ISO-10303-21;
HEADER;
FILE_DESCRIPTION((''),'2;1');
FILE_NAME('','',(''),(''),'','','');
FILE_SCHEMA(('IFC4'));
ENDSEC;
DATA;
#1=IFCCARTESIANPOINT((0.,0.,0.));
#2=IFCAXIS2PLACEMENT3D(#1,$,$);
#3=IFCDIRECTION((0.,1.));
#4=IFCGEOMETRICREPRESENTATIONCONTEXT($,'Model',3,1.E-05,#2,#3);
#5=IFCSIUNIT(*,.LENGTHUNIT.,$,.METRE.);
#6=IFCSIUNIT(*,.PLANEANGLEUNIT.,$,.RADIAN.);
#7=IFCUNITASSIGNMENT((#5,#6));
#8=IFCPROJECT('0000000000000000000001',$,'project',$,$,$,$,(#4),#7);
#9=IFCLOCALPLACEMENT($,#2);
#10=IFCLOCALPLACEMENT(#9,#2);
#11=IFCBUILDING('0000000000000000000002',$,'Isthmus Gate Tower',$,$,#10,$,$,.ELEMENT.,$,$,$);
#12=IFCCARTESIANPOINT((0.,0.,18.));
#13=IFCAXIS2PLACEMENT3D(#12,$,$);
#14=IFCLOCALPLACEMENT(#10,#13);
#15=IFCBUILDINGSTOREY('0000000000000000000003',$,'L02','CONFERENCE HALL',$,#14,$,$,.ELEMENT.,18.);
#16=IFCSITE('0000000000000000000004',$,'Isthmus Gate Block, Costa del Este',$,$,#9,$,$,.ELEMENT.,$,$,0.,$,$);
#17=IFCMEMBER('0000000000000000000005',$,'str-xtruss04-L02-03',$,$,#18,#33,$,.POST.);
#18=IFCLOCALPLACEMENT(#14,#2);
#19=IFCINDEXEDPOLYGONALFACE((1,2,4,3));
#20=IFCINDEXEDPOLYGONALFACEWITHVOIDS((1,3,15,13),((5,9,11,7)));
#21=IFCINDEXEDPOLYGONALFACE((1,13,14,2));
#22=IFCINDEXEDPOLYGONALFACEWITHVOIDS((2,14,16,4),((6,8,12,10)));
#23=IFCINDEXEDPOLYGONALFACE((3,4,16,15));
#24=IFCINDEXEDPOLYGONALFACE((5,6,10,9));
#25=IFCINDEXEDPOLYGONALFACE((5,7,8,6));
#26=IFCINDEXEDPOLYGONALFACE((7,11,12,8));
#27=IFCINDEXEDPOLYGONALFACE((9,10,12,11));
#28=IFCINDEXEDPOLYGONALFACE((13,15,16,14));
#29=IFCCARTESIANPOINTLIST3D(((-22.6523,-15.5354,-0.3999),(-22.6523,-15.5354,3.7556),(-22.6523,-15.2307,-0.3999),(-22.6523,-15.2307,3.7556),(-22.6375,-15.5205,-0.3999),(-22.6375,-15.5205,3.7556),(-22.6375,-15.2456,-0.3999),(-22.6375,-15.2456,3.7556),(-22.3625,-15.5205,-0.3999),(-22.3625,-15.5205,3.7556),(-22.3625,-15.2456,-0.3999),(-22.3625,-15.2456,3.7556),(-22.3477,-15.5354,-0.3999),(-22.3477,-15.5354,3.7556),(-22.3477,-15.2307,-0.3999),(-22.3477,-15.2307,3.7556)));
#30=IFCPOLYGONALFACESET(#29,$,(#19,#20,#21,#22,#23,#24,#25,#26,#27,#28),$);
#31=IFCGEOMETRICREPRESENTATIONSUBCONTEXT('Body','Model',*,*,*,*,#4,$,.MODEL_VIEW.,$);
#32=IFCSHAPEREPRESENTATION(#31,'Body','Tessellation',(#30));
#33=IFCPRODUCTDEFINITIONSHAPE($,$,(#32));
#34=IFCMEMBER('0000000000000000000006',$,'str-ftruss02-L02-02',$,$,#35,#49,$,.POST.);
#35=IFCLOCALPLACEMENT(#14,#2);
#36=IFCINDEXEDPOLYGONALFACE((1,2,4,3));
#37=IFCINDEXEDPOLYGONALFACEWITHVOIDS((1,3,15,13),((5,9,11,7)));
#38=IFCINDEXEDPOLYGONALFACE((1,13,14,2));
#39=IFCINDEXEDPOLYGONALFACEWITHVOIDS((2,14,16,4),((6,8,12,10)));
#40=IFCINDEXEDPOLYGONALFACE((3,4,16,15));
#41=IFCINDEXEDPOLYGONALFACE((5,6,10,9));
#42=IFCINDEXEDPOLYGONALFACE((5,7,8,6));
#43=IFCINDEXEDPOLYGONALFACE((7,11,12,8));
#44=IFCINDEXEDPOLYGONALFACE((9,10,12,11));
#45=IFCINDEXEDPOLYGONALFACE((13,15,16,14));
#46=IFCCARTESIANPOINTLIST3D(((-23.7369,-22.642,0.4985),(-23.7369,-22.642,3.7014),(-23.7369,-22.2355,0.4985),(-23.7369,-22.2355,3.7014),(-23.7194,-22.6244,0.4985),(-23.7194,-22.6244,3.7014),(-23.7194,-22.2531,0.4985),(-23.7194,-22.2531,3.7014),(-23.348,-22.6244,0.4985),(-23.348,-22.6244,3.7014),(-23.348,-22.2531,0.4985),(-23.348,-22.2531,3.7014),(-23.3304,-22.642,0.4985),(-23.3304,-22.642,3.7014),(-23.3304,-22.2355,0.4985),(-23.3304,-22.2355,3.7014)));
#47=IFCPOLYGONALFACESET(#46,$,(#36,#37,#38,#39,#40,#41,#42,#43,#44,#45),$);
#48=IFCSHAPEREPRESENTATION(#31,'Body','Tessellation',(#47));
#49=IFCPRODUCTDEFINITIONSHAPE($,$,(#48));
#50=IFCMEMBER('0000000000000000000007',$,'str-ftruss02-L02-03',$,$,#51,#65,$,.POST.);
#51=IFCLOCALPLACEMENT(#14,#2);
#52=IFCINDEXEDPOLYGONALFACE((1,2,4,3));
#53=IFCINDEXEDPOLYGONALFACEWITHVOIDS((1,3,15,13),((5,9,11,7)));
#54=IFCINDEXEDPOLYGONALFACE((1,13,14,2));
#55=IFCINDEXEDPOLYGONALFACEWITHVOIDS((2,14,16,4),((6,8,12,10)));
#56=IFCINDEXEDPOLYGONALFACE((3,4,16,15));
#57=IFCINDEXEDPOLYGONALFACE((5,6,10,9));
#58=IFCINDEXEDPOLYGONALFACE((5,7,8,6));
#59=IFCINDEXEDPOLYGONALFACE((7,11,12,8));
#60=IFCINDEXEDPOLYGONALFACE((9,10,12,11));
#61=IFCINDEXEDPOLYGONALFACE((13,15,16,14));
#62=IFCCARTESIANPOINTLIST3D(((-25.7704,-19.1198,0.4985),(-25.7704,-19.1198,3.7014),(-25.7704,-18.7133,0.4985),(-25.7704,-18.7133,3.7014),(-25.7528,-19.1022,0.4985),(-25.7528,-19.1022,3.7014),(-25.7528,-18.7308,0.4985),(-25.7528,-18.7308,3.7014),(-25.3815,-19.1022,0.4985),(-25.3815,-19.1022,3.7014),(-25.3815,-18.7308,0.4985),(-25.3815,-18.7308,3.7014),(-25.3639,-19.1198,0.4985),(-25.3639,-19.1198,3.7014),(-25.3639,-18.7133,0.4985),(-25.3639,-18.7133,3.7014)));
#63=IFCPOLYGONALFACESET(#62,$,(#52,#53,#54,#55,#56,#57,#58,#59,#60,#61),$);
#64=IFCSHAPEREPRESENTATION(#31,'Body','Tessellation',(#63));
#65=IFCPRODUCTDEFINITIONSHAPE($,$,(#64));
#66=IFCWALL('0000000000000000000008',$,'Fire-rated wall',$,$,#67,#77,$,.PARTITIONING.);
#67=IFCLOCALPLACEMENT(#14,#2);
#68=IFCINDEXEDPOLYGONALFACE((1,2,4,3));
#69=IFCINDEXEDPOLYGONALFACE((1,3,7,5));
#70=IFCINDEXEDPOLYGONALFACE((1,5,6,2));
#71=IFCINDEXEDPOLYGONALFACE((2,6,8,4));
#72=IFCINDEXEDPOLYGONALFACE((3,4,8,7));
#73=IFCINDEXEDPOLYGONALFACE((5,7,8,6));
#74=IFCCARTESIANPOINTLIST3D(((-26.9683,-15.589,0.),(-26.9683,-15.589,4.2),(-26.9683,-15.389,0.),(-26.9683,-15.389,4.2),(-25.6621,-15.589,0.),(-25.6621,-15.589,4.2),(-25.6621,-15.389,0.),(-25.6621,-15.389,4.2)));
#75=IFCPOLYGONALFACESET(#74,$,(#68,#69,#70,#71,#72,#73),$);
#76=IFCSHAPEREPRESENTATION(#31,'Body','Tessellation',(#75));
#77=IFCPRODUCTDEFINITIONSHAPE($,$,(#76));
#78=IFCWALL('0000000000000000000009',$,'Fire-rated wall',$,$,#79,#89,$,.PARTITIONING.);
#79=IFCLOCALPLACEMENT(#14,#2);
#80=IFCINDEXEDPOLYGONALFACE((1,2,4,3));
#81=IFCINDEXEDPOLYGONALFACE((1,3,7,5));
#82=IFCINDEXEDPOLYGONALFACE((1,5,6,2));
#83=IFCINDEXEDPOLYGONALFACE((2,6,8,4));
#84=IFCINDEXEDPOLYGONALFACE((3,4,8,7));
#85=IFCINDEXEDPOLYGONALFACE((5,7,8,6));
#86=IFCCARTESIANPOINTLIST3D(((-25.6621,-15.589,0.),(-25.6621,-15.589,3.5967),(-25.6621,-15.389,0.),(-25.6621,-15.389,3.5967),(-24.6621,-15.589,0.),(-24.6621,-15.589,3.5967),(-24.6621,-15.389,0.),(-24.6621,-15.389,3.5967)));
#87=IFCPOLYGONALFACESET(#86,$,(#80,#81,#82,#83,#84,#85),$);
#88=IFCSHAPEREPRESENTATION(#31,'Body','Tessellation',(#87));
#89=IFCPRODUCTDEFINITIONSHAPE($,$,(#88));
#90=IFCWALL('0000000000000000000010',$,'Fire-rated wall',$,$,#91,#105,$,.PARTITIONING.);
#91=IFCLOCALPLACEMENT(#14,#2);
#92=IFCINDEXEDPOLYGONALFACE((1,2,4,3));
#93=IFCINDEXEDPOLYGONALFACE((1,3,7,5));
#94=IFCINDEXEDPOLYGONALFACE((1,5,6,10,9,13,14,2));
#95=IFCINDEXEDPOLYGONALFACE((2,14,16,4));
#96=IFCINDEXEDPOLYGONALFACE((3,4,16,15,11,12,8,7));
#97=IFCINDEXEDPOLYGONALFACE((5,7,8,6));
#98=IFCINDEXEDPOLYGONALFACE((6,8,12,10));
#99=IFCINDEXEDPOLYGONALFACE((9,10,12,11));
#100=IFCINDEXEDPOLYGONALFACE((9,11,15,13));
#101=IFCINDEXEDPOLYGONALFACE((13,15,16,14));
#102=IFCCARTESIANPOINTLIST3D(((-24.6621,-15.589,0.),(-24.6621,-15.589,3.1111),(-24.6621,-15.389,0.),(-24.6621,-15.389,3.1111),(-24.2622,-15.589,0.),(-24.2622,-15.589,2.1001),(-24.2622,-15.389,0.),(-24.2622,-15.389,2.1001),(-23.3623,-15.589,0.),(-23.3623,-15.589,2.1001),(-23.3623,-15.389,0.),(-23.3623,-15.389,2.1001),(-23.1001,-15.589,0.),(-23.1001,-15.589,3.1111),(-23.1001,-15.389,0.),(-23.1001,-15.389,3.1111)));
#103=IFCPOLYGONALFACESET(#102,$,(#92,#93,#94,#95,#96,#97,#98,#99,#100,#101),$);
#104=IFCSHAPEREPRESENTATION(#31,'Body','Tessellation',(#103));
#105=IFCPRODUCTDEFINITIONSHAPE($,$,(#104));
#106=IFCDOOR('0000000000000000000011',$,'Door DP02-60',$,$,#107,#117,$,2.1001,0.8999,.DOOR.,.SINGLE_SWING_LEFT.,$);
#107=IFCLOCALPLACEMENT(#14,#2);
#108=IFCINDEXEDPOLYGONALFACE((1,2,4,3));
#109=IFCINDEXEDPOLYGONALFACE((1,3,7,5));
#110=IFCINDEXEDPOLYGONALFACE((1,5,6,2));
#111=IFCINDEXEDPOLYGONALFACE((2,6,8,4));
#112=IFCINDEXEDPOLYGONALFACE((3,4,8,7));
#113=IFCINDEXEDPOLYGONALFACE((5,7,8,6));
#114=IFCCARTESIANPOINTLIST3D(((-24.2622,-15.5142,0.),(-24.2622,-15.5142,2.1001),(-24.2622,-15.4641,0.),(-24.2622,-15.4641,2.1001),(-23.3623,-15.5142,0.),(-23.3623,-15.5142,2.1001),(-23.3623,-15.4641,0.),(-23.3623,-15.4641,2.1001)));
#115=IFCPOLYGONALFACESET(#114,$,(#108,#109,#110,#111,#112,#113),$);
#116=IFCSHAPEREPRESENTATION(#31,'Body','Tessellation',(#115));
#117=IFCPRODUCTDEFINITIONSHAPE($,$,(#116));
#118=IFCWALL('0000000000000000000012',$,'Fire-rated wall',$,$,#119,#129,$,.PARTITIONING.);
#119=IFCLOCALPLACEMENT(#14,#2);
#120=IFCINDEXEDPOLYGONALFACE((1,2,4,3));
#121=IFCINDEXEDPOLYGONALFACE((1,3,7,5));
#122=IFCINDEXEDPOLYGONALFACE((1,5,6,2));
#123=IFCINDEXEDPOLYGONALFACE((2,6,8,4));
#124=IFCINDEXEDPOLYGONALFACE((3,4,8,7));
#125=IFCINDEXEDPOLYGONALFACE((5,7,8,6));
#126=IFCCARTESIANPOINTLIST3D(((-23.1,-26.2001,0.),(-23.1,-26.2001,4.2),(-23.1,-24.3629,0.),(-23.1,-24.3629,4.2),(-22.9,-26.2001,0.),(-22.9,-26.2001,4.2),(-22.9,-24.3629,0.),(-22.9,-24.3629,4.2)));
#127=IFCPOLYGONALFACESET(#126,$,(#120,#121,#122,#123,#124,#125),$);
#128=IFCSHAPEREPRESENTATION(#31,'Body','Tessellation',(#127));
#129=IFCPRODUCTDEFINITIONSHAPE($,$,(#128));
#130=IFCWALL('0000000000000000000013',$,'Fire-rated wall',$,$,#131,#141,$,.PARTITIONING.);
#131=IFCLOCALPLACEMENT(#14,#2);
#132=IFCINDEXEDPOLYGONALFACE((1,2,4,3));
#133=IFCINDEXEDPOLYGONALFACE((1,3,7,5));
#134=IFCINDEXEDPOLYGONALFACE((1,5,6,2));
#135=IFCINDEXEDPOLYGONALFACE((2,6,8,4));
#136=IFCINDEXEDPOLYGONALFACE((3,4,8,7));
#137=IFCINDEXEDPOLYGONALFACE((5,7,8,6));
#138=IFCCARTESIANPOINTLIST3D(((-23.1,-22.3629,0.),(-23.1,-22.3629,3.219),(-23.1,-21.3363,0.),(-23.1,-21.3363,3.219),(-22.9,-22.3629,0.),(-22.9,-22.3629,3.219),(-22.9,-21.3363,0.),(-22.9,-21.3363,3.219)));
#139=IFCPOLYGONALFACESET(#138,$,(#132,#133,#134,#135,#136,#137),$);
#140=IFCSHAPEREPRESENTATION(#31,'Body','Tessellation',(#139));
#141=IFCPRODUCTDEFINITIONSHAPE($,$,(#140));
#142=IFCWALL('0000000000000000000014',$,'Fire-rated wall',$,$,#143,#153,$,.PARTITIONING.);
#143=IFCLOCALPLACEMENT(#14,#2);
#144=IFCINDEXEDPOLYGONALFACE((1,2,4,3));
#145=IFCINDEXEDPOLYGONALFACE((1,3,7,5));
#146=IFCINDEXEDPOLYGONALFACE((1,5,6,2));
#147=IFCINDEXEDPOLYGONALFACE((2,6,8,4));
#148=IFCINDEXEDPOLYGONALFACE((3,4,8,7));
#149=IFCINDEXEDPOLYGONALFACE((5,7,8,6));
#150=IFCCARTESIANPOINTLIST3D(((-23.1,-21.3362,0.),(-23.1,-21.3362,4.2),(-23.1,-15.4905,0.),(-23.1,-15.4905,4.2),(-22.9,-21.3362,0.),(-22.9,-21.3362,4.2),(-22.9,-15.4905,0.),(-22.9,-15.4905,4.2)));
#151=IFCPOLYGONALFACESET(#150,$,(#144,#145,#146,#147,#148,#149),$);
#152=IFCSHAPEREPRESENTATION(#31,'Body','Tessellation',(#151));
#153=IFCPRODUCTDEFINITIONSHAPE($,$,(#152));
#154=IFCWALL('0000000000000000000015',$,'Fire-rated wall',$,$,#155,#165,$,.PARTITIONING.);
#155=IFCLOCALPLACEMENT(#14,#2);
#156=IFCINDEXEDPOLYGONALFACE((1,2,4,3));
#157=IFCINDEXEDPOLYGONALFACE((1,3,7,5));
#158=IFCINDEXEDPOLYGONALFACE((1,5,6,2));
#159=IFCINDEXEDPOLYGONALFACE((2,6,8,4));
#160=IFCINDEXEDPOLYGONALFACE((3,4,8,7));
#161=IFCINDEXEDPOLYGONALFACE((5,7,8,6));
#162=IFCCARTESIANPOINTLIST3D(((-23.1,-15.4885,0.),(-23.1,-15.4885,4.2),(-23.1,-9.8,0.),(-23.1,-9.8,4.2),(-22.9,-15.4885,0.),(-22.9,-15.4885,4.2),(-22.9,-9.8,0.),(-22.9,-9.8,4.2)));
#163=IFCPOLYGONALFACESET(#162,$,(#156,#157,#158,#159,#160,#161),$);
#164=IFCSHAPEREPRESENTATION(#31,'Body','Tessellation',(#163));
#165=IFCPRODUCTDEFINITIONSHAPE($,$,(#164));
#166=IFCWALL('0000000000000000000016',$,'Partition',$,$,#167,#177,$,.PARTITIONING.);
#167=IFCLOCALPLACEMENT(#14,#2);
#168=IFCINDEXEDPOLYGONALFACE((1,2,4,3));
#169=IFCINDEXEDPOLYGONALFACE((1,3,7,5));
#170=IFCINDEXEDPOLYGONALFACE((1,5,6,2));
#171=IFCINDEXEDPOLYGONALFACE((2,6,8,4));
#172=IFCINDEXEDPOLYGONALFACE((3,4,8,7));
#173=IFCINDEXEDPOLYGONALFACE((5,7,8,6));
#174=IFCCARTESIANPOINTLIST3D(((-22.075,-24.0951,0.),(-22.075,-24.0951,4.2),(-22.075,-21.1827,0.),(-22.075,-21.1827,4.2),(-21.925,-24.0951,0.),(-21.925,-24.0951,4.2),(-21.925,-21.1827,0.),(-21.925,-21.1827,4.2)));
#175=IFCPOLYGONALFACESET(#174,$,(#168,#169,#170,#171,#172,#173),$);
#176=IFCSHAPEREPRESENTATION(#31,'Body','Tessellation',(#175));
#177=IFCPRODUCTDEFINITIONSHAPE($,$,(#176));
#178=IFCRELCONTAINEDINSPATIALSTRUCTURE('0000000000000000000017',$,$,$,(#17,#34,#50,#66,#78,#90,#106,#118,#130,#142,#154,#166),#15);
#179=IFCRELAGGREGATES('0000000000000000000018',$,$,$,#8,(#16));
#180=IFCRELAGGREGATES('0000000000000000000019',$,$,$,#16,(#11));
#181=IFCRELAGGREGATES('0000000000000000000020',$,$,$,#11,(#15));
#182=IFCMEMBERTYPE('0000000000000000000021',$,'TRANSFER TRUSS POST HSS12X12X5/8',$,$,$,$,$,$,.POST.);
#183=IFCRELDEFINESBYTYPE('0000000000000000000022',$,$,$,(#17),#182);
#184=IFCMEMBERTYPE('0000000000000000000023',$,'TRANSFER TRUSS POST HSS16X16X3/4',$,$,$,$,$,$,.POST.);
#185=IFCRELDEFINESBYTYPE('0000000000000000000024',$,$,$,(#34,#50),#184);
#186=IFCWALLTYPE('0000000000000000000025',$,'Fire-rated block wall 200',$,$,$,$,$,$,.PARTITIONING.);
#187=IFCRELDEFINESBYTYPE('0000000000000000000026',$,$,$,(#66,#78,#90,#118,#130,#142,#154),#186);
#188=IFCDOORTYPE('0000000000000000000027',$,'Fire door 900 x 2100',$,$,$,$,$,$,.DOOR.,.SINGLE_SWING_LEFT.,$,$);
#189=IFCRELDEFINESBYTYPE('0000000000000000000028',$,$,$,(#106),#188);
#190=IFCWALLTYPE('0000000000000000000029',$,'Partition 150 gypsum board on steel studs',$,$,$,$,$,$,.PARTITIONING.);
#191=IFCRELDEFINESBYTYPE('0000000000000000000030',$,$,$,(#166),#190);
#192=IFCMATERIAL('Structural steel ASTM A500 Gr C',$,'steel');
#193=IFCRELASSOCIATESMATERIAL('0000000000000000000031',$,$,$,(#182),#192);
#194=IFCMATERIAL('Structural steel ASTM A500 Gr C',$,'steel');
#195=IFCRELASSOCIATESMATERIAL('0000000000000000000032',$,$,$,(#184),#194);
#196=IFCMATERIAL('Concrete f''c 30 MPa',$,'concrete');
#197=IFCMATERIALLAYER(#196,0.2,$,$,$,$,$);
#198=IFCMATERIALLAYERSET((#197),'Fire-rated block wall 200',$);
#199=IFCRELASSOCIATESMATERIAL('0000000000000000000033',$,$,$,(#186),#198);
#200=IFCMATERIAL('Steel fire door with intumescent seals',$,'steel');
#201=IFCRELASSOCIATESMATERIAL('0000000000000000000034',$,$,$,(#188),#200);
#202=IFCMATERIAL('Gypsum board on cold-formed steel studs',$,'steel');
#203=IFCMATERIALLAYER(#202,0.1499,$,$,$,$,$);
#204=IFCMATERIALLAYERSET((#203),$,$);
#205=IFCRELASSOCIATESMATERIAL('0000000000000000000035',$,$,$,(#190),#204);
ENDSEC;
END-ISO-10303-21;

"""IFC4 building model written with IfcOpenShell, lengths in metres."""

from ifc_helpers import new_model, si_unit, direction, frame, frame_2d, origin, origin_2d, place, context, subcontext, project, spatial, rectangle, hollow_rectangle, extrude, material, layer, layer_set, material_profile, profile_set, type_object, element, fill, save


model = new_model("IFC4")

# Units and contexts
model_context = context("Model", 3, precision=1e-05, world=origin(), true_north=direction((0.0, 1.0)))
body_context = subcontext(model_context, "Body", "Model", "MODEL_VIEW")
ifc_project = project(units=[si_unit("LENGTHUNIT", "METRE"), si_unit("PLANEANGLEUNIT", "RADIAN")], contexts=[model_context])

# Site, building, storey
site_placement = place(None, origin())
site = spatial("IfcSite", under=ifc_project, at=site_placement, Name="Isthmus Gate Block, Costa del Este", CompositionType="ELEMENT", RefElevation=0.0)
building_placement = place(site_placement, origin())
building = spatial("IfcBuilding", under=site, at=building_placement, Name="Isthmus Gate Tower", CompositionType="ELEMENT")
storey_placement = place(building_placement, frame((0.0, 0.0, 18.0)))
storey = spatial("IfcBuildingStorey", under=building, at=storey_placement, Name="L02", Description="CONFERENCE HALL", CompositionType="ELEMENT", Elevation=18.0)

# Members
ifc_material_1 = material(Name="Structural steel ASTM A500 Gr C", Category="steel")
ifc_material_profile_1 = material_profile(ifc_material_1, hollow_rectangle(XDim=0.3047, YDim=0.3047, WallThickness=0.0149, at=origin_2d()), Name="HSS12X12X5/8")
ifc_profile_set_1 = profile_set([ifc_material_profile_1], Name="Structural steel ASTM A500 Gr C")
member_type_1 = type_object("IfcMemberType", Name="TRANSFER TRUSS POST HSS12X12X5/8", PredefinedType="POST", material=ifc_profile_set_1)
for number, where, z_axis, x_axis, name in (
    (1, (-22.5, -15.3831, -0.3999), (0.0, 0.0, 1.0), (1.0, 0.0, 0.0), "str-xtruss04-L02-03"),
):
    element("IfcMember", number, at=place(storey_placement, frame(where, z_axis=z_axis, x_axis=x_axis)), inside=storey, type_object=member_type_1, Name=name, PredefinedType="POST", context=body_context, shape_type="SweptSolid", body=[
        extrude(hollow_rectangle(XDim=0.3047, YDim=0.3047, WallThickness=0.0149, at=origin_2d()), origin(), (0.0, 0.0, 1.0), 4.1555),
    ])
ifc_material_2 = material(Name="Structural steel ASTM A500 Gr C", Category="steel")
ifc_material_profile_2 = material_profile(ifc_material_2, hollow_rectangle(XDim=0.4065, YDim=0.4065, WallThickness=0.0176, at=origin_2d()), Name="HSS16X16X3/4")
ifc_profile_set_2 = profile_set([ifc_material_profile_2], Name="Structural steel ASTM A500 Gr C")
member_type_2 = type_object("IfcMemberType", Name="TRANSFER TRUSS POST HSS16X16X3/4", PredefinedType="POST", material=ifc_profile_set_2)
for number, where, z_axis, x_axis, name in (
    (2, (-23.5337, -22.4387, 0.4985), (0.0, 0.0, 1.0), (1.0, 0.0, 0.0), "str-ftruss02-L02-02"),
    (3, (-25.5671, -18.9165, 0.4985), (0.0, 0.0, 1.0), (1.0, 0.0, 0.0), "str-ftruss02-L02-03"),
):
    element("IfcMember", number, at=place(storey_placement, frame(where, z_axis=z_axis, x_axis=x_axis)), inside=storey, type_object=member_type_2, Name=name, PredefinedType="POST", context=body_context, shape_type="SweptSolid", body=[
        extrude(hollow_rectangle(XDim=0.4065, YDim=0.4065, WallThickness=0.0176, at=origin_2d()), origin(), (0.0, 0.0, 1.0), 3.2029),
    ])

# Walls
ifc_material_3 = material(Name="Concrete f'c 30 MPa", Category="concrete")
ifc_layer_1 = layer(ifc_material_3, 0.2)
ifc_layer_set_1 = layer_set([ifc_layer_1], Name="Fire-rated block wall 200")
wall_type_1 = type_object("IfcWallType", Name="Fire-rated block wall 200", PredefinedType="PARTITIONING", material=ifc_layer_set_1)
wall_1_placement = place(storey_placement, frame((-26.9683, -15.489, 0.0), z_axis=(0.0, 0.0, 1.0), x_axis=(1.0, 0.0, 0.0)))
element("IfcWall", 4, at=wall_1_placement, inside=storey, type_object=wall_type_1, Name="Fire-rated wall", PredefinedType="PARTITIONING", context=body_context, shape_type="SweptSolid", body=[
    extrude(rectangle(XDim=1.3062, YDim=0.2, at=frame_2d((0.6531, 0.0))), origin(), (0.0, 0.0, 1.0), 4.2),
])
wall_2_placement = place(storey_placement, frame((-25.6621, -15.489, 0.0), z_axis=(0.0, 0.0, 1.0), x_axis=(1.0, 0.0, 0.0)))
element("IfcWall", 5, at=wall_2_placement, inside=storey, type_object=wall_type_1, Name="Fire-rated wall", PredefinedType="PARTITIONING", context=body_context, shape_type="SweptSolid", body=[
    extrude(rectangle(XDim=1.0, YDim=0.2, at=frame_2d((0.5, 0.0))), origin(), (0.0, 0.0, 1.0), 3.5967),
])

# Wall, opening, door
wall_3_placement = place(storey_placement, frame((-24.6621, -15.489, 0.0), z_axis=(0.0, 0.0, 1.0), x_axis=(1.0, 0.0, 0.0)))
wall_3 = element("IfcWall", 6, at=wall_3_placement, inside=storey, type_object=wall_type_1, Name="Fire-rated wall", PredefinedType="PARTITIONING", context=body_context, shape_type="SweptSolid", body=[
    extrude(rectangle(XDim=1.562, YDim=0.2, at=frame_2d((0.781, 0.0))), origin(), (0.0, 0.0, 1.0), 3.1111),
])
opening_placement = place(wall_3_placement, frame((0.3999, 0.0, 0.0)))
opening = element("IfcOpeningElement", 7, at=opening_placement, cuts=wall_3, PredefinedType="OPENING", context=body_context, shape_type="SweptSolid", body=[
    extrude(rectangle(XDim=0.8999, YDim=2.1001, at=frame_2d((0.45, 1.05))), frame((0.0, 0.1099, 0.0), z_axis=(0.0, -1.0, 0.0), x_axis=(1.0, 0.0, 0.0)), (0.0, 0.0, 1.0), 0.22),
])
ifc_material_4 = material(Name="Steel fire door with intumescent seals", Category="steel")
door_type = type_object("IfcDoorType", Name="Fire door 900 x 2100", OperationType="SINGLE_SWING_LEFT", PredefinedType="DOOR", material=ifc_material_4)
door_placement = place(opening_placement, origin())
door = element("IfcDoor", 8, at=door_placement, inside=storey, type_object=door_type, Name="Door DP02-60", OperationType="SINGLE_SWING_LEFT", OverallHeight=2.1001, OverallWidth=0.8999, PredefinedType="DOOR", context=body_context, shape_type="SweptSolid", body=[
    extrude(rectangle(XDim=0.8999, YDim=2.1001, at=frame_2d((0.45, 1.05))), frame((0.0, 0.0249, 0.0), z_axis=(0.0, -1.0, 0.0), x_axis=(1.0, 0.0, 0.0)), (0.0, 0.0, 1.0), 0.05),
])
fill(opening, door)

# Walls
wall_4_placement = place(storey_placement, frame((-23.0, -26.2, 0.0), z_axis=(0.0, 0.0, 1.0), x_axis=(0.0, 1.0, 0.0)))
element("IfcWall", 9, at=wall_4_placement, inside=storey, type_object=wall_type_1, Name="Fire-rated wall", PredefinedType="PARTITIONING", context=body_context, shape_type="SweptSolid", body=[
    extrude(rectangle(XDim=1.8372, YDim=0.2, at=frame_2d((0.9185, 0.0))), origin(), (0.0, 0.0, 1.0), 4.2),
])
wall_5_placement = place(storey_placement, frame((-23.0, -22.3628, 0.0), z_axis=(0.0, 0.0, 1.0), x_axis=(0.0, 1.0, 0.0)))
element("IfcWall", 10, at=wall_5_placement, inside=storey, type_object=wall_type_1, Name="Fire-rated wall", PredefinedType="PARTITIONING", context=body_context, shape_type="SweptSolid", body=[
    extrude(rectangle(XDim=1.0266, YDim=0.2, at=frame_2d((0.5132, 0.0))), origin(), (0.0, 0.0, 1.0), 3.219),
])
wall_6_placement = place(storey_placement, frame((-23.0, -21.3362, 0.0), z_axis=(0.0, 0.0, 1.0), x_axis=(0.0, 1.0, 0.0)))
element("IfcWall", 11, at=wall_6_placement, inside=storey, type_object=wall_type_1, Name="Fire-rated wall", PredefinedType="PARTITIONING", context=body_context, shape_type="SweptSolid", body=[
    extrude(rectangle(XDim=5.8457, YDim=0.2, at=frame_2d((2.9229, 0.0))), origin(), (0.0, 0.0, 1.0), 4.2),
])
wall_7_placement = place(storey_placement, frame((-23.0, -15.4885, 0.0), z_axis=(0.0, 0.0, 1.0), x_axis=(0.0, 1.0, 0.0)))
element("IfcWall", 12, at=wall_7_placement, inside=storey, type_object=wall_type_1, Name="Fire-rated wall", PredefinedType="PARTITIONING", context=body_context, shape_type="SweptSolid", body=[
    extrude(rectangle(XDim=5.6885, YDim=0.2, at=frame_2d((2.8442, 0.0))), origin(), (0.0, 0.0, 1.0), 4.2),
])
ifc_material_5 = material(Name="Gypsum board on cold-formed steel studs", Category="steel")
ifc_layer_2 = layer(ifc_material_5, 0.1499)
ifc_layer_set_2 = layer_set([ifc_layer_2])
wall_type_2 = type_object("IfcWallType", Name="Partition 150 gypsum board on steel studs", PredefinedType="PARTITIONING", material=ifc_layer_set_2)
wall_8_placement = place(storey_placement, frame((-22.0, -24.095, 0.0), z_axis=(0.0, 0.0, 1.0), x_axis=(0.0, 1.0, 0.0)))
element("IfcWall", 13, at=wall_8_placement, inside=storey, type_object=wall_type_2, Name="Partition", PredefinedType="PARTITIONING", context=body_context, shape_type="SweptSolid", body=[
    extrude(rectangle(XDim=2.9124, YDim=0.1499, at=frame_2d((1.4561, 0.0))), origin(), (0.0, 0.0, 1.0), 4.2),
])

save(model, "model.ifc")
